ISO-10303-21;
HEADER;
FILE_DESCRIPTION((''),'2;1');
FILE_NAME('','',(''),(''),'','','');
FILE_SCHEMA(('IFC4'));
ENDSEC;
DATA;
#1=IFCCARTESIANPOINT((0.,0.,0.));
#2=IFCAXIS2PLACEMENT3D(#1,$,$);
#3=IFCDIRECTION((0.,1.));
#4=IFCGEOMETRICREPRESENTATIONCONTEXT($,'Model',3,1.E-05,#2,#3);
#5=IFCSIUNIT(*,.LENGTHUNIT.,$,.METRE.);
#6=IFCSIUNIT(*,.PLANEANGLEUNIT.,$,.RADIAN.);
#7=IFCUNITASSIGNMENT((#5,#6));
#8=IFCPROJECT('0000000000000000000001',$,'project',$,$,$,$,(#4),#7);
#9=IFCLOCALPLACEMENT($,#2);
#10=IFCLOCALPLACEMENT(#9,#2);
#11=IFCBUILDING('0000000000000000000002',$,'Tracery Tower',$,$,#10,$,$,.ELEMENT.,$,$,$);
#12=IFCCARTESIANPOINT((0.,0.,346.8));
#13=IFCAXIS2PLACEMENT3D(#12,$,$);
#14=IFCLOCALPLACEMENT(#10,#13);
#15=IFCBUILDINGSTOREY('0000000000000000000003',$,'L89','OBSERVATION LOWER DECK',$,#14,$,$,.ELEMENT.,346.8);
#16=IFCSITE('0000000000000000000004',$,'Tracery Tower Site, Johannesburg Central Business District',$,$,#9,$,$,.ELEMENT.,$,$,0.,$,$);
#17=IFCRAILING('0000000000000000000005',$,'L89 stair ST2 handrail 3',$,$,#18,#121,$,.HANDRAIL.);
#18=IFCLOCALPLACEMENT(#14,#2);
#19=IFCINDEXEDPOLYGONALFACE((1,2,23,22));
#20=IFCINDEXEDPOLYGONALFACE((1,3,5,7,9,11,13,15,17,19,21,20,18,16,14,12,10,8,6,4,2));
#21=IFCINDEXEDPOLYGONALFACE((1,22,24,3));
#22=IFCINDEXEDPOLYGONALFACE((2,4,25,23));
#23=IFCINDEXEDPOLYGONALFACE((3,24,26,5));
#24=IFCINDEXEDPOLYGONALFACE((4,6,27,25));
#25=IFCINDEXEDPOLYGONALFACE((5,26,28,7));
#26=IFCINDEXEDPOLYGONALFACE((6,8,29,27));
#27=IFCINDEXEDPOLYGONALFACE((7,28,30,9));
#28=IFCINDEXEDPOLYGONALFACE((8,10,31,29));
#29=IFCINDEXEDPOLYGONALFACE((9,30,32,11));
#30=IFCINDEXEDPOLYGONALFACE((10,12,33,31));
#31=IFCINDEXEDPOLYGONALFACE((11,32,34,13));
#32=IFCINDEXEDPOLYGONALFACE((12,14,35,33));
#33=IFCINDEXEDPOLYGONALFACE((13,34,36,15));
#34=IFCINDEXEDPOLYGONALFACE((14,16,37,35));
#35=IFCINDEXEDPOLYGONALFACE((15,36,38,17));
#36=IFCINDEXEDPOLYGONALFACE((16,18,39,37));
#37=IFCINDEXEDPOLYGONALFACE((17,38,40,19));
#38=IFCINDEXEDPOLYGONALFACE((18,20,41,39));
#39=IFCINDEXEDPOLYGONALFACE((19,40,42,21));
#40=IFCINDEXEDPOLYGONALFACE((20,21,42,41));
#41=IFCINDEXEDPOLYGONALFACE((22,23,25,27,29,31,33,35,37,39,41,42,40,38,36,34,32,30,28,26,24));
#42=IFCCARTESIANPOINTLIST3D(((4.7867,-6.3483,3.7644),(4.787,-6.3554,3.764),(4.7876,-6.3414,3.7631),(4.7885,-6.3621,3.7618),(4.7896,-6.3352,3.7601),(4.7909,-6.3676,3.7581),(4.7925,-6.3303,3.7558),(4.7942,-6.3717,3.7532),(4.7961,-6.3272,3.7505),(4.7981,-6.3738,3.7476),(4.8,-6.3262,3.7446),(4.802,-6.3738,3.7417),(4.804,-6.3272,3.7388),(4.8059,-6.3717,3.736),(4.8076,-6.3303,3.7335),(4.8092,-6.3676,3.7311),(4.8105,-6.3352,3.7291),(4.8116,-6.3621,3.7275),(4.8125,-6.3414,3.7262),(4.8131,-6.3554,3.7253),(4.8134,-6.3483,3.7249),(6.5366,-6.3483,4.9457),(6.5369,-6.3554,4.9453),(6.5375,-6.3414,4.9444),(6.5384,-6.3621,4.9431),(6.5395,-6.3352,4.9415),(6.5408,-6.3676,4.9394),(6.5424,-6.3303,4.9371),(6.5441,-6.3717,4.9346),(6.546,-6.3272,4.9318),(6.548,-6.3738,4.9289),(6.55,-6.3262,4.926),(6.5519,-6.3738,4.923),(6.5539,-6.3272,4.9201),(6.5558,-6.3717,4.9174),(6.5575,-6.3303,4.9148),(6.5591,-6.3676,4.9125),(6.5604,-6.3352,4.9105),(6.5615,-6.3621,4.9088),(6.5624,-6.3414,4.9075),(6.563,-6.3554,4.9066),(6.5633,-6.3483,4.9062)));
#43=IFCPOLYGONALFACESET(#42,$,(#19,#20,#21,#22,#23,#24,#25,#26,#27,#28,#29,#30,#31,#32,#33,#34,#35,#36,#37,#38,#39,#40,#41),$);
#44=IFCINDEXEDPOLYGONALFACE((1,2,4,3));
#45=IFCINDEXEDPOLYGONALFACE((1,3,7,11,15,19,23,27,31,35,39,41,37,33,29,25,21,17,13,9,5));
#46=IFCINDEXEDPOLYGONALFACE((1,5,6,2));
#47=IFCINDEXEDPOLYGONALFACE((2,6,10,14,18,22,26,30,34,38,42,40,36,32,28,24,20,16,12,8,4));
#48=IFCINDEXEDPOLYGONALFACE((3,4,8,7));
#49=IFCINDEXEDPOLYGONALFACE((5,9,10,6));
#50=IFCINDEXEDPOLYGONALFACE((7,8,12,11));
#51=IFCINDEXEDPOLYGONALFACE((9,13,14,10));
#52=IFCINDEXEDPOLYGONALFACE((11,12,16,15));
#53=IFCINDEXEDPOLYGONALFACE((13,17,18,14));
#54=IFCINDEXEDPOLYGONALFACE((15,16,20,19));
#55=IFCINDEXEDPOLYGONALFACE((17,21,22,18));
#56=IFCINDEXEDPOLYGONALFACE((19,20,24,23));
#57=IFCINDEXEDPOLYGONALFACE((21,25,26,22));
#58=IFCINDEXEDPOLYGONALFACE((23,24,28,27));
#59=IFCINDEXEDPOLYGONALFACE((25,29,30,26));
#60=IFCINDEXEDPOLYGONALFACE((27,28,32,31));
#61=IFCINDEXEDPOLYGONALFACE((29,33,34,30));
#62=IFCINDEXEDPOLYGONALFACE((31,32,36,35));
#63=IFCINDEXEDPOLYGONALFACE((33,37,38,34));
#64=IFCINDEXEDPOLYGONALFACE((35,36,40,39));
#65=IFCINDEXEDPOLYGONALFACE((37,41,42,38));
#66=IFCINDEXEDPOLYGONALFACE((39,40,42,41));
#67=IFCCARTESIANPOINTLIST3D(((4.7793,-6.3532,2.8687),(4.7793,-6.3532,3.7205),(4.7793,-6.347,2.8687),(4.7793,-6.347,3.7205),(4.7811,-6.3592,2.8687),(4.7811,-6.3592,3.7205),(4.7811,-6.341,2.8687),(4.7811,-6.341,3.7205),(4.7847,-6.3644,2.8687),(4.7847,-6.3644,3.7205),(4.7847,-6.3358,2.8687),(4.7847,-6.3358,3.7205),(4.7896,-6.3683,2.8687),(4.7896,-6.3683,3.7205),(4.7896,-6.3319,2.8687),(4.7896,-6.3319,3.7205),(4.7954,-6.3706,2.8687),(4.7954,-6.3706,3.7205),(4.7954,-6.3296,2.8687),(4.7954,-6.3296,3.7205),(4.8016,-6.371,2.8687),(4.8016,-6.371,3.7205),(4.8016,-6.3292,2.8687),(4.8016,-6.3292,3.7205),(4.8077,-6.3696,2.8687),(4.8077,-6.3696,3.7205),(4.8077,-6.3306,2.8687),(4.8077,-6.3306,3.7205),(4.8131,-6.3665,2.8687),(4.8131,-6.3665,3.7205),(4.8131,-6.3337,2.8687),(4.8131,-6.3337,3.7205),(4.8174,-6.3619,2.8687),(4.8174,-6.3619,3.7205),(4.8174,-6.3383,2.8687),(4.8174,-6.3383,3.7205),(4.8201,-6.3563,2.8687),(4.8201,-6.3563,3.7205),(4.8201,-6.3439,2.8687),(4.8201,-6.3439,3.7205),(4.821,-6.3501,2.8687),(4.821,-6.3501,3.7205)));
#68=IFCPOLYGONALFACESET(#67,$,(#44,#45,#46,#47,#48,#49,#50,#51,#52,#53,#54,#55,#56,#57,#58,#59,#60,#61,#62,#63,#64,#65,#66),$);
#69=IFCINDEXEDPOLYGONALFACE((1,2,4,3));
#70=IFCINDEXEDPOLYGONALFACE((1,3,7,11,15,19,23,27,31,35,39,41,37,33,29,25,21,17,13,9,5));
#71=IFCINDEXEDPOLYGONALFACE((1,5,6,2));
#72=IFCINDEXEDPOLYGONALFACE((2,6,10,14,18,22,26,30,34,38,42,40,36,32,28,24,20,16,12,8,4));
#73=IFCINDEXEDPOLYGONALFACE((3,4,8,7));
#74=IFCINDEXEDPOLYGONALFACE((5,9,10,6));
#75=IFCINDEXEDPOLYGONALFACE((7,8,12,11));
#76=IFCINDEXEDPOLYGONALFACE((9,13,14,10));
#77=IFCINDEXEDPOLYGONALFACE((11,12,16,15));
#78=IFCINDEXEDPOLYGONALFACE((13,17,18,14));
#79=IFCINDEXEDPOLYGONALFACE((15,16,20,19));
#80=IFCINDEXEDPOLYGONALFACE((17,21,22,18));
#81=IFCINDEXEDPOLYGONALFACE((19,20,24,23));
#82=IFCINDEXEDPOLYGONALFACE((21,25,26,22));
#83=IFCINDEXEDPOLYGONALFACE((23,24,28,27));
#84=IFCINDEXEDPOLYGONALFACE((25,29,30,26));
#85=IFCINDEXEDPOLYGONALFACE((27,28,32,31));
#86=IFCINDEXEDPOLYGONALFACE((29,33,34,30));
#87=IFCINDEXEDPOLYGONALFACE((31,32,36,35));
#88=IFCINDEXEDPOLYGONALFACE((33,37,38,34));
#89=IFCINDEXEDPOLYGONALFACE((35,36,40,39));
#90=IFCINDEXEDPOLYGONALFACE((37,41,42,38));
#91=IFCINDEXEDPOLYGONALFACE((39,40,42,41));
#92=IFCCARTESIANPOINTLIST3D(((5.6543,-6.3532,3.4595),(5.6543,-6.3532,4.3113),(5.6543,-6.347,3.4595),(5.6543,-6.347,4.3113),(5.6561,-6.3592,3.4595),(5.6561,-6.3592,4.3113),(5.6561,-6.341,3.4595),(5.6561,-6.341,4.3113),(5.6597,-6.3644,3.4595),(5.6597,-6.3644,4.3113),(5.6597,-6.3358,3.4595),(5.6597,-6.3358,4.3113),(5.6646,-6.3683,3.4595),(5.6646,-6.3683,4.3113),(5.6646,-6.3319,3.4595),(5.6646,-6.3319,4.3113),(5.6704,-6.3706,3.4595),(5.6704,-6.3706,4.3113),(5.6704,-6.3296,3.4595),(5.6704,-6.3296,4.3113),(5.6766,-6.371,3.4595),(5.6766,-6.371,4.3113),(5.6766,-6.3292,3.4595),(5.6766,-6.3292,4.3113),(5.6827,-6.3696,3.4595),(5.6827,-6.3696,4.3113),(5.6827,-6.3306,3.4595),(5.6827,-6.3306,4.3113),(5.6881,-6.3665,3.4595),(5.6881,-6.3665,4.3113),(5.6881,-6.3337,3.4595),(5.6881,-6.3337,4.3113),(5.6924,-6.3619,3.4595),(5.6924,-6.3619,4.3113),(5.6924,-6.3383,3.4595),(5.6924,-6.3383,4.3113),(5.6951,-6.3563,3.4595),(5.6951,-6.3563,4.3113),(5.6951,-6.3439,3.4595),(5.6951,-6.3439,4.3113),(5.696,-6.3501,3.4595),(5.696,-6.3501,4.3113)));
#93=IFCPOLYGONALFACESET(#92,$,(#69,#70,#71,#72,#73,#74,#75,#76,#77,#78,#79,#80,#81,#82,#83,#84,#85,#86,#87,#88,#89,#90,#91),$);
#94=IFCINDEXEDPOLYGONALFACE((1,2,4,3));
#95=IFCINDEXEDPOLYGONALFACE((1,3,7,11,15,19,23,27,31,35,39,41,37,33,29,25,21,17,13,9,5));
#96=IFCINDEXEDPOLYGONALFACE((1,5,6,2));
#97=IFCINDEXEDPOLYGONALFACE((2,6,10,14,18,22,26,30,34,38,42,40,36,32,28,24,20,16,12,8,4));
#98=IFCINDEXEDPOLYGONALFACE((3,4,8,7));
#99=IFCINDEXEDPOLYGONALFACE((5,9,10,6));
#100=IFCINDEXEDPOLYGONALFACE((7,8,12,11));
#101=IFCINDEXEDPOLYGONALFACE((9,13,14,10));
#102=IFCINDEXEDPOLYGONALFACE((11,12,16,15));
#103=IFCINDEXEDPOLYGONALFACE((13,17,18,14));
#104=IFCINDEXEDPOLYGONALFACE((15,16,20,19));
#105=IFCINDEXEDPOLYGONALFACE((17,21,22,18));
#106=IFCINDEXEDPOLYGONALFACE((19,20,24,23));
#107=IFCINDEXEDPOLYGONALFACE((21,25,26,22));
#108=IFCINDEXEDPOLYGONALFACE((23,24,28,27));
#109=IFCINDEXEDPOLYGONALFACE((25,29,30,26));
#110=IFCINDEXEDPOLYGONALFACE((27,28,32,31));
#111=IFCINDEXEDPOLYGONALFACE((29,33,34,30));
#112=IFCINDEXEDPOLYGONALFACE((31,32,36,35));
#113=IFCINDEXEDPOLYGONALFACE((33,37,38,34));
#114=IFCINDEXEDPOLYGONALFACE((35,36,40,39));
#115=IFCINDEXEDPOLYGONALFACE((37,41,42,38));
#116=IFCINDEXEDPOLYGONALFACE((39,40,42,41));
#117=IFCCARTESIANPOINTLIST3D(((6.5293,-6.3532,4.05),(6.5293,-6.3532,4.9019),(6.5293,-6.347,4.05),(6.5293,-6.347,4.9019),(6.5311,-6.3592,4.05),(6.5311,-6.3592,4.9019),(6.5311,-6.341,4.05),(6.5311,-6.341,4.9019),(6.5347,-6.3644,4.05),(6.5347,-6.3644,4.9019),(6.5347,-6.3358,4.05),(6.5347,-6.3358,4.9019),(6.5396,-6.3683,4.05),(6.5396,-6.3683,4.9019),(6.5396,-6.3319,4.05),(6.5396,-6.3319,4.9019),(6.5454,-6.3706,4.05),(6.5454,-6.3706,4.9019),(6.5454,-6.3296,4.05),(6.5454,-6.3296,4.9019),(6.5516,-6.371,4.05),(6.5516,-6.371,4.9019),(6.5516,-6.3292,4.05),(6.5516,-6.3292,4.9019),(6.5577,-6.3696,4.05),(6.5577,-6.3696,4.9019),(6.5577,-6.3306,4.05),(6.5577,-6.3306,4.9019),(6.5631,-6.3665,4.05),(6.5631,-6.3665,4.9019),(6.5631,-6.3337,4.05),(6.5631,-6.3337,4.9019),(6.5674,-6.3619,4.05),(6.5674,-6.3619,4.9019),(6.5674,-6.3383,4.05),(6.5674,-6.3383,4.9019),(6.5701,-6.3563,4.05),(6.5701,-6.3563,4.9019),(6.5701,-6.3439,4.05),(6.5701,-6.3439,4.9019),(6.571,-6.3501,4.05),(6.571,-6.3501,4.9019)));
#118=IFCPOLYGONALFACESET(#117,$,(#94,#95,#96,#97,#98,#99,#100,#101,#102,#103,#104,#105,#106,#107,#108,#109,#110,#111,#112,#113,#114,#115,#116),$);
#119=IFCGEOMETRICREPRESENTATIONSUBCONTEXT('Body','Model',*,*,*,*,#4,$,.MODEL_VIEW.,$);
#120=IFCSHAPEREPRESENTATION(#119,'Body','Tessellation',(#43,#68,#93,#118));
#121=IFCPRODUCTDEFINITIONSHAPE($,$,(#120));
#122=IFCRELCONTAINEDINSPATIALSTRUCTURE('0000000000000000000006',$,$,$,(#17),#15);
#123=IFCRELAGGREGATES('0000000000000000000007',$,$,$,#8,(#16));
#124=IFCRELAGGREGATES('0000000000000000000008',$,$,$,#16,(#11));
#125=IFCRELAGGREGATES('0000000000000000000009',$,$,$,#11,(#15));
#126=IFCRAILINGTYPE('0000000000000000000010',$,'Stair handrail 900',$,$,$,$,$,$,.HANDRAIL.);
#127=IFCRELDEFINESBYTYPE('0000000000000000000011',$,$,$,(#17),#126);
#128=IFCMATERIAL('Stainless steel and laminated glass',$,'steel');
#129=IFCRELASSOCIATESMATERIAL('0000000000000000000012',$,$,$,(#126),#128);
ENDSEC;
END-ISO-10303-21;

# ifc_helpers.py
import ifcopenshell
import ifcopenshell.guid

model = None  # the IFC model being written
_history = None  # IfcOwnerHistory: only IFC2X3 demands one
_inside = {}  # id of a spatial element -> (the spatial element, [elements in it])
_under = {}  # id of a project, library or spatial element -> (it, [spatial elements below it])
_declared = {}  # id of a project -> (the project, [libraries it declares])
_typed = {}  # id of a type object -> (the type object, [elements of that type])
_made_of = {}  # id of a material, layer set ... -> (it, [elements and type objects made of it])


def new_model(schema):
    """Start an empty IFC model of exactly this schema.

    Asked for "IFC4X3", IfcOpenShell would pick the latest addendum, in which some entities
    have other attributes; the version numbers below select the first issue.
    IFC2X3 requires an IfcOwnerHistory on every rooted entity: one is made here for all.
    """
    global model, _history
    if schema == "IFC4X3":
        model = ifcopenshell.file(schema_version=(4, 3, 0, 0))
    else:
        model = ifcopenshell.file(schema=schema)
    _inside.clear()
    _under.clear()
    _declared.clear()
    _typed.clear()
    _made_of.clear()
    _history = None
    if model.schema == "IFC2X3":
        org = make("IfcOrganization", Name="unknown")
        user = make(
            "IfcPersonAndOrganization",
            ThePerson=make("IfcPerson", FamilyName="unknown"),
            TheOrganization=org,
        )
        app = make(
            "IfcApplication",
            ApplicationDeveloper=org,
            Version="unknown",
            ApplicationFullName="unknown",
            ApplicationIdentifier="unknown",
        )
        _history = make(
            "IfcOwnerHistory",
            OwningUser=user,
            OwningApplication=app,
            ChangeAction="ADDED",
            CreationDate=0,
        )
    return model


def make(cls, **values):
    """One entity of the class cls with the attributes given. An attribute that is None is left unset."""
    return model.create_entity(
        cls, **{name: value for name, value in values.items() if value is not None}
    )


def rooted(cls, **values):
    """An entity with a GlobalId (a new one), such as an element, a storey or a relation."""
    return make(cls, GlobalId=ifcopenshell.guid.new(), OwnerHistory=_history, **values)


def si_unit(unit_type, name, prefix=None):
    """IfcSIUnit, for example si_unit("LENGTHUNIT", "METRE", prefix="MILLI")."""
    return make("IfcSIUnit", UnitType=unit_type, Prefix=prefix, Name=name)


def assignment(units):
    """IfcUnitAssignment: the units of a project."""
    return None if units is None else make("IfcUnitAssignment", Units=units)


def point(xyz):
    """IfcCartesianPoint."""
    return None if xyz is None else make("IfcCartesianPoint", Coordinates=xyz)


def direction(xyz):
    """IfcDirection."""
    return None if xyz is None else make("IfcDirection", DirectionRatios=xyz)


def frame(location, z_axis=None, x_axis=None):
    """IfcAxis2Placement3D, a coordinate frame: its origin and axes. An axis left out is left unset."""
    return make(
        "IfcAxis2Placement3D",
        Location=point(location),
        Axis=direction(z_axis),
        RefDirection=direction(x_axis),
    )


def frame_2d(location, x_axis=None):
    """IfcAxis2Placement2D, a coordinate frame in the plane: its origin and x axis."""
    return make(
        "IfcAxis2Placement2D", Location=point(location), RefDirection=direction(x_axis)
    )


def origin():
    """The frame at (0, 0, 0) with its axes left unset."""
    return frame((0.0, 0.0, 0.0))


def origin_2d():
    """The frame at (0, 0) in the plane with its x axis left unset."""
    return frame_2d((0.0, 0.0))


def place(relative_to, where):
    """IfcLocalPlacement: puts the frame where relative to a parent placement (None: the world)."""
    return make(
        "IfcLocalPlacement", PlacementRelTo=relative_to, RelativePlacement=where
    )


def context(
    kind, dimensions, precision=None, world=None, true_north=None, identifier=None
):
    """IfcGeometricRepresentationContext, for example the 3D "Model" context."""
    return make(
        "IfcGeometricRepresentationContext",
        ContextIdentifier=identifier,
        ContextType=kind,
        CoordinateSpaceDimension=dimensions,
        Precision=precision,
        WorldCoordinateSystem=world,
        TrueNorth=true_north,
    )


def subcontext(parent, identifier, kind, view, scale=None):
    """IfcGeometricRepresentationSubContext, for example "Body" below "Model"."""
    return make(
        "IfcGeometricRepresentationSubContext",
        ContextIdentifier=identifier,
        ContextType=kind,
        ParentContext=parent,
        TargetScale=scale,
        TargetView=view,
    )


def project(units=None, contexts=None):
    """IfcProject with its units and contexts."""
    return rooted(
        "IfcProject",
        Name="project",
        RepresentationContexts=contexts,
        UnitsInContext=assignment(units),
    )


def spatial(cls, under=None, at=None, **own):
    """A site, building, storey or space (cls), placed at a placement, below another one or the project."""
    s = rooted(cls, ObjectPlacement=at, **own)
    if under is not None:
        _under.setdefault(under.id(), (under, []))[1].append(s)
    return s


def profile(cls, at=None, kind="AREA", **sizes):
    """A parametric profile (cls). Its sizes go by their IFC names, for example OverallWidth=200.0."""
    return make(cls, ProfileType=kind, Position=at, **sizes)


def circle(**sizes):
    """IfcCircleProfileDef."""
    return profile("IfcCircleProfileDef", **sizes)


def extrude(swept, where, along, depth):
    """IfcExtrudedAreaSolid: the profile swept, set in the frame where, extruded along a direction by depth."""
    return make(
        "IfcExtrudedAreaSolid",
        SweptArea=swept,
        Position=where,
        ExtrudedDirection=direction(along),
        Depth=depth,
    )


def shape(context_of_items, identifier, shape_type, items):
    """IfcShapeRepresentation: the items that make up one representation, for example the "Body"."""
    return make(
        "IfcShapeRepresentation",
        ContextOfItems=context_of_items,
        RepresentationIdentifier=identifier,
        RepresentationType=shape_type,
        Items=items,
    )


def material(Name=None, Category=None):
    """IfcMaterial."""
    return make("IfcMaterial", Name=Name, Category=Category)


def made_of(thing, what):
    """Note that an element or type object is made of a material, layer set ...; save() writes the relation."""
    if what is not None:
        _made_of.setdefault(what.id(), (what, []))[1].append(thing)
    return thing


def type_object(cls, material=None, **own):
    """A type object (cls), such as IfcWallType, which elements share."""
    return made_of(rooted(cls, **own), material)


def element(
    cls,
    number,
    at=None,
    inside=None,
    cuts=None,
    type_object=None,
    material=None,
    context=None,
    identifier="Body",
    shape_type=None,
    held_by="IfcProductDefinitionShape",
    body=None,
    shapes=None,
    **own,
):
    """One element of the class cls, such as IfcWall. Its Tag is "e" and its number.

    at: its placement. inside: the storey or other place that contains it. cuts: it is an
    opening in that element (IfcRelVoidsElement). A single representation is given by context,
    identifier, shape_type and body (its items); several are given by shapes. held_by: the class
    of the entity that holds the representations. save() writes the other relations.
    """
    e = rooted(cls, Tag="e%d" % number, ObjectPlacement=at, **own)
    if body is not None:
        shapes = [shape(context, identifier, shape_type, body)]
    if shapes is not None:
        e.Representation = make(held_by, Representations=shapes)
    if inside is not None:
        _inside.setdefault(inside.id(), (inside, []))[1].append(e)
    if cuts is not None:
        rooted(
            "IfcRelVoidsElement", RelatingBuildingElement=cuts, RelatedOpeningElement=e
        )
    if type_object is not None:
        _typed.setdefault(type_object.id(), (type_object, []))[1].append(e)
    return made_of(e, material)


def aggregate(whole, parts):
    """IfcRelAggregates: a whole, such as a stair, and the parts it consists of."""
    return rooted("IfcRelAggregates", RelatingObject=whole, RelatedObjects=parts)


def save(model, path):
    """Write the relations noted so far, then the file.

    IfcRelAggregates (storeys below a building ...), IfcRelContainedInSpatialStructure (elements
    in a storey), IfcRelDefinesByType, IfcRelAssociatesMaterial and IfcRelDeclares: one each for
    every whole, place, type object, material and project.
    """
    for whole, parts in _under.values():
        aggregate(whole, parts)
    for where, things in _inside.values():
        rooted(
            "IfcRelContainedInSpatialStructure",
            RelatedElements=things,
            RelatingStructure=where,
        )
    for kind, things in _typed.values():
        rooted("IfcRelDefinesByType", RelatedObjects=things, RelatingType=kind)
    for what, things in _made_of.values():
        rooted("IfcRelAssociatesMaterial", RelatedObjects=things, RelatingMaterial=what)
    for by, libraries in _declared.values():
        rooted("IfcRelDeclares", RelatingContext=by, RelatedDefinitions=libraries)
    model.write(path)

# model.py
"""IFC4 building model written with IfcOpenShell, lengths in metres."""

from ifc_helpers import new_model, si_unit, direction, frame, origin, origin_2d, place, context, subcontext, project, spatial, circle, extrude, material, type_object, element, save


model = new_model("IFC4")

# Units and contexts
model_context = context("Model", 3, precision=1e-05, world=origin(), true_north=direction((0.0, 1.0)))
body_context = subcontext(model_context, "Body", "Model", "MODEL_VIEW")
ifc_project = project(units=[si_unit("LENGTHUNIT", "METRE"), si_unit("PLANEANGLEUNIT", "RADIAN")], contexts=[model_context])

# Site, building, storey
site_placement = place(None, origin())
site = spatial("IfcSite", under=ifc_project, at=site_placement, Name="Tracery Tower Site, Johannesburg Central Business District", CompositionType="ELEMENT", RefElevation=0.0)
building_placement = place(site_placement, origin())
building = spatial("IfcBuilding", under=site, at=building_placement, Name="Tracery Tower", CompositionType="ELEMENT")
storey_placement = place(building_placement, frame((0.0, 0.0, 346.8)))
storey = spatial("IfcBuildingStorey", under=building, at=storey_placement, Name="L89", Description="OBSERVATION LOWER DECK", CompositionType="ELEMENT", Elevation=346.8)

# Railing
ifc_material_1 = material(Name="Stainless steel and laminated glass", Category="steel")
railing_type_1 = type_object("IfcRailingType", Name="Stair handrail 900", PredefinedType="HANDRAIL", material=ifc_material_1)
railing_1_placement = place(storey_placement, frame((4.8, -6.3501, 2.8687)))
element("IfcRailing", 1, at=railing_1_placement, inside=storey, type_object=railing_type_1, Name="L89 stair ST2 handrail 3", PredefinedType="HANDRAIL", context=body_context, shape_type="SweptSolid", body=[
    extrude(circle(Radius=0.0239, at=origin_2d()), frame((0.0, 0.0, 0.876), z_axis=(0.828817, 0.0, 0.559521), x_axis=(0.0, 1.0, 0.0)), (0.0, 0.0, 1.0), 2.1113),
    extrude(circle(Radius=0.021, at=origin_2d()), origin(), (0.0, 0.0, 1.0), 0.8518),
    extrude(circle(Radius=0.021, at=origin_2d()), frame((0.875, 0.0, 0.5908)), (0.0, 0.0, 1.0), 0.8518),
    extrude(circle(Radius=0.021, at=origin_2d()), frame((1.75, 0.0, 1.1814)), (0.0, 0.0, 1.0), 0.8518),
])

save(model, "model.ifc")
